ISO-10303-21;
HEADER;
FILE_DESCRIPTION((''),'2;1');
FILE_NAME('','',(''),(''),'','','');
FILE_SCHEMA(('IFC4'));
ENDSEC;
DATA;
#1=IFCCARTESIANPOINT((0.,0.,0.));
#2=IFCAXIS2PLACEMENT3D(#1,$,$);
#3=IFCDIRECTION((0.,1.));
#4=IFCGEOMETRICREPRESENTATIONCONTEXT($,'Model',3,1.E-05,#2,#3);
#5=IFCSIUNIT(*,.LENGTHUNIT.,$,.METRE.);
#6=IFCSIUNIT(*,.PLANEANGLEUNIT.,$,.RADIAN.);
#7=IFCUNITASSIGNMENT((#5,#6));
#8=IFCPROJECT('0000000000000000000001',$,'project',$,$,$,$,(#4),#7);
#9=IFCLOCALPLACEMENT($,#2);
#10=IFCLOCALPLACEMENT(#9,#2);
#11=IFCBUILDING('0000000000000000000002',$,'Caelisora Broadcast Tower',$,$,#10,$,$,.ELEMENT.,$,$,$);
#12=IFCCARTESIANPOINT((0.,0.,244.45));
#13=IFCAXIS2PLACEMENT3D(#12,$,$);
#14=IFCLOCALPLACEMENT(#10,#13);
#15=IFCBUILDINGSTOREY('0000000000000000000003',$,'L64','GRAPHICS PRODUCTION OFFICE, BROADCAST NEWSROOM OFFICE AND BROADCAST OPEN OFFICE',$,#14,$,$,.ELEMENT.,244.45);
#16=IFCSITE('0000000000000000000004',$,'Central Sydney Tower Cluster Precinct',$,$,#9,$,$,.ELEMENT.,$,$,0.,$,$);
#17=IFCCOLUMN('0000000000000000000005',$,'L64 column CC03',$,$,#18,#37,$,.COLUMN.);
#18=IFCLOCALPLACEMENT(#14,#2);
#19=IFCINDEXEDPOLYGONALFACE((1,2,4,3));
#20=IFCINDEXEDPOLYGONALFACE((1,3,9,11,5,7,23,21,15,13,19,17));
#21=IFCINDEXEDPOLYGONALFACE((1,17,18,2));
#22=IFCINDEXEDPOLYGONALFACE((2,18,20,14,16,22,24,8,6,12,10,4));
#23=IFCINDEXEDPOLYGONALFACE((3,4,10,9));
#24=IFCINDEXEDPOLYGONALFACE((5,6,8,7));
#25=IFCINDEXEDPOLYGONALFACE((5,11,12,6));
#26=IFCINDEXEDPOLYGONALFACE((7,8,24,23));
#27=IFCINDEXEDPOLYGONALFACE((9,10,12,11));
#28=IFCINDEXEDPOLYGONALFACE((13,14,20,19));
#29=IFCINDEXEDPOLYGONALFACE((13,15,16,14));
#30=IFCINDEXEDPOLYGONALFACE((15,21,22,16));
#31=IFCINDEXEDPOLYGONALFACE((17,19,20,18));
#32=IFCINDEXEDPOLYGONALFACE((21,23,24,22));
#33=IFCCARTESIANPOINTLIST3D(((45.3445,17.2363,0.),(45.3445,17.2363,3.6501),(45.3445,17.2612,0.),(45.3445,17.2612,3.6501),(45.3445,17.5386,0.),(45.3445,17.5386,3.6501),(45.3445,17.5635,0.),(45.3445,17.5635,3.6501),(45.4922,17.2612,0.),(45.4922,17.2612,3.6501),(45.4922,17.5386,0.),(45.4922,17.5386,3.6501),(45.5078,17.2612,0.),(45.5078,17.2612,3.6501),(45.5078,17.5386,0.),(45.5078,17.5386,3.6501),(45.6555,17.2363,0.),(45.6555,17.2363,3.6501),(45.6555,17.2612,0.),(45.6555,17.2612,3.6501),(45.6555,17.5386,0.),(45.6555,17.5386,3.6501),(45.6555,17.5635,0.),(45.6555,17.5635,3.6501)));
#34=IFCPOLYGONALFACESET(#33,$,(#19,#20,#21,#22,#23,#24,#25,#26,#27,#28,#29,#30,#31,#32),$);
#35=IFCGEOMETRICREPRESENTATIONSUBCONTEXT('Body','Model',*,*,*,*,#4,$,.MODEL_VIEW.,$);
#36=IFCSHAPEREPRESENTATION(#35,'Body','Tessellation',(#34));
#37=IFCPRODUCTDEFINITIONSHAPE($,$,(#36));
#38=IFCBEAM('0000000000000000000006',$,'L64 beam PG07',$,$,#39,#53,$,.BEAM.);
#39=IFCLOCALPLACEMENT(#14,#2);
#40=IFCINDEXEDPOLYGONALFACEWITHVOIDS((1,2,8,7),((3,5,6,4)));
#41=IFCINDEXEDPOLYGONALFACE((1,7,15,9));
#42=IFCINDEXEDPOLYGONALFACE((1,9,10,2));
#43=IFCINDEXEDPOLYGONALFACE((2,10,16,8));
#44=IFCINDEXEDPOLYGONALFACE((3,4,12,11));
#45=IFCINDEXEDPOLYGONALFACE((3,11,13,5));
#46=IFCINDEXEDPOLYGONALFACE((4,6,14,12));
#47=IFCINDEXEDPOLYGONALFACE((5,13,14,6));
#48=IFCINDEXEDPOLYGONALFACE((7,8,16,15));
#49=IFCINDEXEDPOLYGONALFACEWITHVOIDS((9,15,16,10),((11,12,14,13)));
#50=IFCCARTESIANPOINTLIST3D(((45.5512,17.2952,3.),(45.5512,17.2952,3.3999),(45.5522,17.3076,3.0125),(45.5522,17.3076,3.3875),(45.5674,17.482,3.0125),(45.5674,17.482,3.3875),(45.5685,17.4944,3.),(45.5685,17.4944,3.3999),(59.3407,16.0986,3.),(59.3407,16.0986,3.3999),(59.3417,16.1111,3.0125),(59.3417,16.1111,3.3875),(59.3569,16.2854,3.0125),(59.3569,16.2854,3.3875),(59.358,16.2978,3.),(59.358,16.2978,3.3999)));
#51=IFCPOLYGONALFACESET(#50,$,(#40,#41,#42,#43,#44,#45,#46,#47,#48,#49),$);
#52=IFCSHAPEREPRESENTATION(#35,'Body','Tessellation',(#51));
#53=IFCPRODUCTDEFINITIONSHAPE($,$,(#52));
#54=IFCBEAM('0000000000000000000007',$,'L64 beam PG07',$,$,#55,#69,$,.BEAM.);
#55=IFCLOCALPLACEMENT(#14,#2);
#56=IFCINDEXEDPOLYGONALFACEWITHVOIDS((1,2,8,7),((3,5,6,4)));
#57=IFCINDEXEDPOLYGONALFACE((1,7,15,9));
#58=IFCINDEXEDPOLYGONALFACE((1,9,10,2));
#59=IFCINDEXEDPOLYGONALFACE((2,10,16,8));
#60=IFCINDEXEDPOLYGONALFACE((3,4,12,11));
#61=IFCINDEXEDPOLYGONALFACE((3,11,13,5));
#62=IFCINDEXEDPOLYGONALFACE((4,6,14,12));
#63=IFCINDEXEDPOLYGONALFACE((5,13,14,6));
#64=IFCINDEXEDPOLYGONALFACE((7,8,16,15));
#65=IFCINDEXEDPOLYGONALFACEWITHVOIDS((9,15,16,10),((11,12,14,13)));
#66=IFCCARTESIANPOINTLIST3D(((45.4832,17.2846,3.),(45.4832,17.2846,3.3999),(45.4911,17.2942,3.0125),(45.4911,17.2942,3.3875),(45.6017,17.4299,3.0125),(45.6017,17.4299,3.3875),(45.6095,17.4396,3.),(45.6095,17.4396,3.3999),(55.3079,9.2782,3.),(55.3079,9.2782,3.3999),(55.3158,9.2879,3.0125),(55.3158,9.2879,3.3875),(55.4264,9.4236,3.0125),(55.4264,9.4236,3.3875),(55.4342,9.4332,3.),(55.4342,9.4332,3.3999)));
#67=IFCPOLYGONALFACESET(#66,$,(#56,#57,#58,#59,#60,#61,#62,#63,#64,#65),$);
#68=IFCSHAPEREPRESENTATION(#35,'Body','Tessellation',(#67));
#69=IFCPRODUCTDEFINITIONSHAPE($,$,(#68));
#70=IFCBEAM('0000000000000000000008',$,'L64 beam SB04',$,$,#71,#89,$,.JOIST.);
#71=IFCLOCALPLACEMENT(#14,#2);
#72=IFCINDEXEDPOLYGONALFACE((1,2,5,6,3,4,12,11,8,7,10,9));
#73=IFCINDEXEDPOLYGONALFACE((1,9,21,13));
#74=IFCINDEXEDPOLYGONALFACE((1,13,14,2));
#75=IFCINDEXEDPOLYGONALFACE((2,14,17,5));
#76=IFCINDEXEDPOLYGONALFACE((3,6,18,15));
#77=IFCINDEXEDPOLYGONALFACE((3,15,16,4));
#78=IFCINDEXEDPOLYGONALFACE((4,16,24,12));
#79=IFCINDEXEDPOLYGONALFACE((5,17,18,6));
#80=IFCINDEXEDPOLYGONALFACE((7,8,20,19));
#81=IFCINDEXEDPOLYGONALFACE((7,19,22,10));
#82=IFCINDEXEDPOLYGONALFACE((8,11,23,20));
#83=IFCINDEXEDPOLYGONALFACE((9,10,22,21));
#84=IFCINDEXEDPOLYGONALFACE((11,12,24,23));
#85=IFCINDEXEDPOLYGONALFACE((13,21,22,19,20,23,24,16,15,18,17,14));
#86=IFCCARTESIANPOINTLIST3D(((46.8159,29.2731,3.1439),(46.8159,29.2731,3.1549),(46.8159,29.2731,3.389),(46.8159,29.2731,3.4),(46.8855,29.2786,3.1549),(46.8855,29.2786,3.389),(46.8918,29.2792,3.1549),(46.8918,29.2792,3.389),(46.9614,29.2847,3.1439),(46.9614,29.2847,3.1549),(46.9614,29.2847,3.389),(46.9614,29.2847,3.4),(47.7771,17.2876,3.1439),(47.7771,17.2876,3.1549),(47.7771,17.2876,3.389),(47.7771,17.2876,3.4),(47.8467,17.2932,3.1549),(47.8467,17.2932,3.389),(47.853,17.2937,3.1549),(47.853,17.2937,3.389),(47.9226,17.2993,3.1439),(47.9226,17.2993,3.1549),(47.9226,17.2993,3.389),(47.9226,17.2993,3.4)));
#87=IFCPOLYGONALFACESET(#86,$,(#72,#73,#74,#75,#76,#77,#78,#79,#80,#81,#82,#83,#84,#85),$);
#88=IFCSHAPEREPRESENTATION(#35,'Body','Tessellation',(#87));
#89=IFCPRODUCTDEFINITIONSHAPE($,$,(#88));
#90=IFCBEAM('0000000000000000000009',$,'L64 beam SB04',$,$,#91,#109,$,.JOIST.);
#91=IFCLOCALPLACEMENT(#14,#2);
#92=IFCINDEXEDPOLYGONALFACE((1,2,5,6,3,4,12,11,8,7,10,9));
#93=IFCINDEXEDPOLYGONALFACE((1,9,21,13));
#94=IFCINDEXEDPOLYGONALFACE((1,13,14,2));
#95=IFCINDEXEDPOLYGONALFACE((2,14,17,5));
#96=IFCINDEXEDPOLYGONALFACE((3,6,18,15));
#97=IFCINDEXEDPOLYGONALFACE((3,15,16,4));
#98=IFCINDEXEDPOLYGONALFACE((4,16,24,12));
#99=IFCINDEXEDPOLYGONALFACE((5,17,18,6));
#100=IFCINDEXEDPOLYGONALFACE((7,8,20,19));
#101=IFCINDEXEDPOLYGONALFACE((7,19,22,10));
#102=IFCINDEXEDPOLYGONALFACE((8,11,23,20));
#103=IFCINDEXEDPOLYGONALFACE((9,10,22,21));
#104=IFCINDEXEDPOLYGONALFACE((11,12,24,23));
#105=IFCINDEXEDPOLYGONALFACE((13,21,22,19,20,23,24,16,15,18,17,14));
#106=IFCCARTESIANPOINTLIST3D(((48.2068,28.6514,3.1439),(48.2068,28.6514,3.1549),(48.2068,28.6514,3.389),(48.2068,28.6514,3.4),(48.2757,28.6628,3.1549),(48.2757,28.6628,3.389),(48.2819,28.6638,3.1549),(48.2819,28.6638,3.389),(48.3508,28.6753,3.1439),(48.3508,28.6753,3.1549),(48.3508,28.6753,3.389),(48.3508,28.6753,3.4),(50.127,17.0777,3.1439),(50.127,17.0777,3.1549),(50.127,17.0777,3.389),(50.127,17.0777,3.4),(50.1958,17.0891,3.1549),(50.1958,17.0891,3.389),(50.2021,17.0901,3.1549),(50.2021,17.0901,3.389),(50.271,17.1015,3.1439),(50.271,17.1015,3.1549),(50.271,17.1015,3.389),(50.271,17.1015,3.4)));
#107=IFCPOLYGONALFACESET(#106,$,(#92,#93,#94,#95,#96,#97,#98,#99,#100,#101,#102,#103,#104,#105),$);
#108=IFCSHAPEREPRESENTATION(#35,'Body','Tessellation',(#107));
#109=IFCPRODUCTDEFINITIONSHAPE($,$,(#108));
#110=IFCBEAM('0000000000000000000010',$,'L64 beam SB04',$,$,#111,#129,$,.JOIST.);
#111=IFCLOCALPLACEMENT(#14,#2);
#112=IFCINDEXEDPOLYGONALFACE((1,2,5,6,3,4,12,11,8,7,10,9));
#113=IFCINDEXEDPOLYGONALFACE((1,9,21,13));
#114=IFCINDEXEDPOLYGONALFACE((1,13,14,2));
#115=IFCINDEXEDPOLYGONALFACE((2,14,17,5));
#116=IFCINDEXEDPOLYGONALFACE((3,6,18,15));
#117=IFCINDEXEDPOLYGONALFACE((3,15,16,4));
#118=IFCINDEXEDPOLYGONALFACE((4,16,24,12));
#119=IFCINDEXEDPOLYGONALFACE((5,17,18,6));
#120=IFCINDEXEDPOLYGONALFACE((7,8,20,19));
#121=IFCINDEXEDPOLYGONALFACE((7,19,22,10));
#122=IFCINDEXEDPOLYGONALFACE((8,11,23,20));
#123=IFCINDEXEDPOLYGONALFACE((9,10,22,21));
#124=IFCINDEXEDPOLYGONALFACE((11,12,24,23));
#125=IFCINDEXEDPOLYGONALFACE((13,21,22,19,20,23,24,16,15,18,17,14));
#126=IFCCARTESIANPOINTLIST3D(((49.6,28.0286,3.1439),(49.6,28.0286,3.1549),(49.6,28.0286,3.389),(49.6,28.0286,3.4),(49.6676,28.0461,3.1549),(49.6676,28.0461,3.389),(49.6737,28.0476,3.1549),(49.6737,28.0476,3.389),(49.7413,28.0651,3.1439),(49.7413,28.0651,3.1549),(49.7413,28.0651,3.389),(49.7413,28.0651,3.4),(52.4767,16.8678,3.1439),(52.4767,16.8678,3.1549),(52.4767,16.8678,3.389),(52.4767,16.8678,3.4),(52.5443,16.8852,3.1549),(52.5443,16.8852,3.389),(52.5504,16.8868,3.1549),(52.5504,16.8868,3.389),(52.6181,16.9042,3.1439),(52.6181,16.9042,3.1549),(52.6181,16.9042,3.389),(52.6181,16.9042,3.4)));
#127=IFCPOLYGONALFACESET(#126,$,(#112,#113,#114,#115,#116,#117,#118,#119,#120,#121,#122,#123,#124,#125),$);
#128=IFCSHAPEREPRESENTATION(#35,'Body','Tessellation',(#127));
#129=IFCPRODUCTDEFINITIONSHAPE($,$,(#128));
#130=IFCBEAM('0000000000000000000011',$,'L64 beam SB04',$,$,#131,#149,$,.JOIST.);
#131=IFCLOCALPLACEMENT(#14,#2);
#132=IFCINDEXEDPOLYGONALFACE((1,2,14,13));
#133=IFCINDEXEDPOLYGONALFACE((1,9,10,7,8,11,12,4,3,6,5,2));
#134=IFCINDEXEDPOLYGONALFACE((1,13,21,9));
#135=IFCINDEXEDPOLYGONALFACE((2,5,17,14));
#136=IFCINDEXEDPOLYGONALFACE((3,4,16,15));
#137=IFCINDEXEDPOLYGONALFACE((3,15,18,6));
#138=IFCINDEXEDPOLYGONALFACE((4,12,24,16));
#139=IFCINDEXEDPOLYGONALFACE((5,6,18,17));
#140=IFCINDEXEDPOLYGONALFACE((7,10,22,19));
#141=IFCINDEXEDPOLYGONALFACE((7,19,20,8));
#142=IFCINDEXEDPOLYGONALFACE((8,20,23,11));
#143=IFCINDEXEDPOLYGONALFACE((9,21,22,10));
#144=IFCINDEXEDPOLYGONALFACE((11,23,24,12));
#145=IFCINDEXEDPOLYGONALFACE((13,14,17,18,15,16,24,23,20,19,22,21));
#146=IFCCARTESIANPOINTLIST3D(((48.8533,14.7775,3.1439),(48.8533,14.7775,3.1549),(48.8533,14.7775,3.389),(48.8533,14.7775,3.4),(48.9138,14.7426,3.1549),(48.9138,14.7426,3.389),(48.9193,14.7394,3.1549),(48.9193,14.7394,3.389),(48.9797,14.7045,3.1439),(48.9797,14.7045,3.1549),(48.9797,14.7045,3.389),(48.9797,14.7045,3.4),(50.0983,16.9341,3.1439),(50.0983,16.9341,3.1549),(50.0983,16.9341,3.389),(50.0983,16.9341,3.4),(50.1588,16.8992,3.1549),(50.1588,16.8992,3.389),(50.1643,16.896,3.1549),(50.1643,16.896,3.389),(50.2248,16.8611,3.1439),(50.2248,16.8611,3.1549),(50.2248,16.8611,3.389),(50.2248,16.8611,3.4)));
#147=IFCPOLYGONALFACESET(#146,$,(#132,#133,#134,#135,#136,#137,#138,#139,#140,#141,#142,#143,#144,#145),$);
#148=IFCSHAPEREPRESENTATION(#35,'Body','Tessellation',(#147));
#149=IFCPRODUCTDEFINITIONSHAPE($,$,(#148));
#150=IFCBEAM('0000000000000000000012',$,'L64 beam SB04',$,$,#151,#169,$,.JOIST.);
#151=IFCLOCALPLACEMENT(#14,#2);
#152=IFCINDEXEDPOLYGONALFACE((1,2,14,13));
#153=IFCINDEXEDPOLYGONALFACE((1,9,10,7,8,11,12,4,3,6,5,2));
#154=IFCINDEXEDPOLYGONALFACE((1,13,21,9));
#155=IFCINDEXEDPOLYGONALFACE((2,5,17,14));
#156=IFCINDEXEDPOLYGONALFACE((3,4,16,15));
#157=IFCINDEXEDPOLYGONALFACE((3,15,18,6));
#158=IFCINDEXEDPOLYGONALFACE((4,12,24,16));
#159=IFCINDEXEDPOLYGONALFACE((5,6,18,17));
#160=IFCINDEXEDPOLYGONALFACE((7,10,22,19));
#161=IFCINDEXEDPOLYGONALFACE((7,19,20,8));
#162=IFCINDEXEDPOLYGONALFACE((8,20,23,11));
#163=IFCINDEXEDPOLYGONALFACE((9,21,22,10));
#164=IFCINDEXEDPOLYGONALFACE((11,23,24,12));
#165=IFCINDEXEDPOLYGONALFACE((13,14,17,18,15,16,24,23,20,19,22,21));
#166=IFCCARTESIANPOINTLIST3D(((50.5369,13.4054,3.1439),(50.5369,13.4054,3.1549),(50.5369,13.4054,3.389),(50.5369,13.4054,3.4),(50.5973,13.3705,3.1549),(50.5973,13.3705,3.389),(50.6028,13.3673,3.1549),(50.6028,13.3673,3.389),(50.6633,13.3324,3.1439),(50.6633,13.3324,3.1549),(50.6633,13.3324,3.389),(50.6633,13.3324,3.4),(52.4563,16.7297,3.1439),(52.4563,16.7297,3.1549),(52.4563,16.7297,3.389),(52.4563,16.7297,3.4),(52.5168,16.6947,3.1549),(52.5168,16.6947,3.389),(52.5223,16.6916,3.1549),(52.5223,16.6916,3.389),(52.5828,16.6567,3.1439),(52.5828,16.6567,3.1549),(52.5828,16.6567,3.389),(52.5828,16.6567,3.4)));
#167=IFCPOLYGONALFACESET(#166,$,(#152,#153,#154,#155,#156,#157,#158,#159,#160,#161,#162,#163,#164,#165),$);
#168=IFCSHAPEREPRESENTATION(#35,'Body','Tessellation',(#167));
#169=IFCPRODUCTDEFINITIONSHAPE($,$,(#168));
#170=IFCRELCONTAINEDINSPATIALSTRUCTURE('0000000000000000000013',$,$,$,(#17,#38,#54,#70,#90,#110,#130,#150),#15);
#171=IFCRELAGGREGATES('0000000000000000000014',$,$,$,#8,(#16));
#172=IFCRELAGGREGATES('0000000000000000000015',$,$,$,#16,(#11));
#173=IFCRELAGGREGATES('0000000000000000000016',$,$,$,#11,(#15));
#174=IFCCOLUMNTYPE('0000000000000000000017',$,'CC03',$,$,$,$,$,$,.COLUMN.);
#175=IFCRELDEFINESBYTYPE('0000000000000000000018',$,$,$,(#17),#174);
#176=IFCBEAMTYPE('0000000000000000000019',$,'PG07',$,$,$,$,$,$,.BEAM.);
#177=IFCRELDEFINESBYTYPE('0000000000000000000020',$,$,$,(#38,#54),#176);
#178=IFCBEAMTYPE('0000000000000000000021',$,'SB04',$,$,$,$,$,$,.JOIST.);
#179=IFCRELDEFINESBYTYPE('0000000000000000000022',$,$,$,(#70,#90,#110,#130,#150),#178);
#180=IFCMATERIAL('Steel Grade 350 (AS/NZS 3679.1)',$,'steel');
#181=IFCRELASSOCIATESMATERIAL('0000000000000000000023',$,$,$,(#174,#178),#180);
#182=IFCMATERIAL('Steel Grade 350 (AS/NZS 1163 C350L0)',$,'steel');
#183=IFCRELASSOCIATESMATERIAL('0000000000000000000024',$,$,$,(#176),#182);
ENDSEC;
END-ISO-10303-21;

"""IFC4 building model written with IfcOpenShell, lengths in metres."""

from ifc_helpers import new_model, si_unit, direction, frame, origin, origin_2d, place, context, subcontext, project, spatial, hollow_rectangle, i_section, extrude, source, transform, mapped, material, material_profile, profile_set, type_object, type_shapes, element, save


model = new_model("IFC4")

# Units and contexts
model_context = context("Model", 3, precision=1e-05, world=origin(), true_north=direction((0.0, 1.0)))
body_context = subcontext(model_context, "Body", "Model", "MODEL_VIEW")
ifc_project = project(units=[si_unit("LENGTHUNIT", "METRE"), si_unit("PLANEANGLEUNIT", "RADIAN")], contexts=[model_context])

# Site, building, storey
site_placement = place(None, origin())
site = spatial("IfcSite", under=ifc_project, at=site_placement, Name="Central Sydney Tower Cluster Precinct", CompositionType="ELEMENT", RefElevation=0.0)
building_placement = place(site_placement, origin())
building = spatial("IfcBuilding", under=site, at=building_placement, Name="Caelisora Broadcast Tower", CompositionType="ELEMENT")
storey_placement = place(building_placement, frame((0.0, 0.0, 244.45)))
storey = spatial("IfcBuildingStorey", under=building, at=storey_placement, Name="L64", Description="GRAPHICS PRODUCTION OFFICE, BROADCAST NEWSROOM OFFICE AND BROADCAST OPEN OFFICE", CompositionType="ELEMENT", Elevation=244.45)

# Column
ifc_material_1 = material(Name="Steel Grade 350 (AS/NZS 3679.1)", Category="steel")
ifc_material_profile_1 = material_profile(ifc_material_1, i_section(OverallWidth=0.311, OverallDepth=0.3271, WebThickness=0.0156, FlangeThickness=0.0249, at=origin_2d()), Name="Steel Grade 350 (AS/NZS 3679.1)")
ifc_profile_set_1 = profile_set([ifc_material_profile_1], Name="Steel Grade 350 (AS/NZS 3679.1)")
column_type = type_object("IfcColumnType", Name="CC03", PredefinedType="COLUMN", material=ifc_profile_set_1)
shared_shape_1 = source(origin(), body_context, "Body", "SweptSolid", [
    extrude(i_section(OverallWidth=0.311, OverallDepth=0.3271, WebThickness=0.0156, FlangeThickness=0.0249, at=origin_2d()), origin(), (0.0, 0.0, 1.0), 3.6501),
])
type_shapes(column_type, [shared_shape_1])
column_placement = place(storey_placement, frame((45.5, 17.3999, 0.0), z_axis=(0.0, 0.0, 1.0), x_axis=(1.0, 0.0, 0.0)))
element("IfcColumn", 1, at=column_placement, inside=storey, type_object=column_type, Name="L64 column CC03", PredefinedType="COLUMN", context=body_context, shape_type="MappedRepresentation", body=[
    mapped(shared_shape_1, transform((0.0, 0.0, 0.0), scale=1.0)),
])

# Beams
ifc_material_2 = material(Name="Steel Grade 350 (AS/NZS 1163 C350L0)", Category="steel")
ifc_material_profile_2 = material_profile(ifc_material_2, hollow_rectangle(XDim=0.2, YDim=0.3999, WallThickness=0.0125, at=origin_2d()), Name="Steel Grade 350 (AS/NZS 1163 C350L0)")
ifc_profile_set_2 = profile_set([ifc_material_profile_2], Name="Steel Grade 350 (AS/NZS 1163 C350L0)")
beam_type_1 = type_object("IfcBeamType", Name="PG07", PredefinedType="BEAM", material=ifc_profile_set_2)
shared_shape_2 = source(origin(), body_context, "Body", "SweptSolid", [
    extrude(hollow_rectangle(XDim=0.2, YDim=0.3999, WallThickness=0.0125, at=origin_2d()), origin(), (0.0, 0.0, 1.0), 13.8413),
])
beam_1_placement = place(storey_placement, frame((45.5598, 17.3948, 3.2), z_axis=(0.996257, -0.086446, 0.0), x_axis=(0.086446, 0.996257, 0.0)))
element("IfcBeam", 2, at=beam_1_placement, inside=storey, type_object=beam_type_1, Name="L64 beam PG07", PredefinedType="BEAM", context=body_context, shape_type="MappedRepresentation", body=[
    mapped(shared_shape_2, transform((0.0, 0.0, 0.0), scale=1.0)),
])
shared_shape_3 = source(origin(), body_context, "Body", "SweptSolid", [
    extrude(hollow_rectangle(XDim=0.2, YDim=0.3999, WallThickness=0.0125, at=origin_2d()), origin(), (0.0, 0.0, 1.0), 12.6738),
])
type_shapes(beam_type_1, [shared_shape_2, shared_shape_3])
beam_2_placement = place(storey_placement, frame((45.5464, 17.3621, 3.2), z_axis=(0.775195, -0.631722, 0.0), x_axis=(0.631722, 0.775195, 0.0)))
element("IfcBeam", 3, at=beam_2_placement, inside=storey, type_object=beam_type_1, Name="L64 beam PG07", PredefinedType="BEAM", context=body_context, shape_type="MappedRepresentation", body=[
    mapped(shared_shape_3, transform((0.0, 0.0, 0.0), scale=1.0)),
])
ifc_material_profile_3 = material_profile(ifc_material_1, i_section(OverallWidth=0.146, OverallDepth=0.2561, WebThickness=0.0063, FlangeThickness=0.011, at=origin_2d()), Name="Steel Grade 350 (AS/NZS 3679.1)")
ifc_profile_set_3 = profile_set([ifc_material_profile_3], Name="Steel Grade 350 (AS/NZS 3679.1)")
beam_type_2 = type_object("IfcBeamType", Name="SB04", PredefinedType="JOIST", material=ifc_profile_set_3)
shared_shape_4 = source(origin(), body_context, "Body", "SweptSolid", [
    extrude(i_section(OverallWidth=0.146, OverallDepth=0.2561, WebThickness=0.0063, FlangeThickness=0.011, at=origin_2d()), origin(), (0.0, 0.0, 1.0), 12.0239),
])
beam_3_placement = place(storey_placement, frame((47.8499, 17.2935, 3.272), z_axis=(-0.07994, 0.9968, 0.0), x_axis=(-0.9968, -0.07994, 0.0)))
element("IfcBeam", 4, at=beam_3_placement, inside=storey, type_object=beam_type_2, Name="L64 beam SB04", PredefinedType="JOIST", context=body_context, shape_type="MappedRepresentation", body=[
    mapped(shared_shape_4, transform((0.0, 0.0, 0.0), scale=1.0)),
])
shared_shape_5 = source(origin(), body_context, "Body", "SweptSolid", [
    extrude(i_section(OverallWidth=0.146, OverallDepth=0.2561, WebThickness=0.0063, FlangeThickness=0.011, at=origin_2d()), origin(), (0.0, 0.0, 1.0), 11.7319),
])
beam_4_placement = place(storey_placement, frame((50.199, 17.0896, 3.272), z_axis=(-0.16367, 0.986515, 0.0), x_axis=(-0.986515, -0.16367, 0.0)))
element("IfcBeam", 5, at=beam_4_placement, inside=storey, type_object=beam_type_2, Name="L64 beam SB04", PredefinedType="JOIST", context=body_context, shape_type="MappedRepresentation", body=[
    mapped(shared_shape_5, transform((0.0, 0.0, 0.0), scale=1.0)),
])
shared_shape_6 = source(origin(), body_context, "Body", "SweptSolid", [
    extrude(i_section(OverallWidth=0.146, OverallDepth=0.2561, WebThickness=0.0063, FlangeThickness=0.011, at=origin_2d()), origin(), (0.0, 0.0, 1.0), 11.5256),
])
beam_5_placement = place(storey_placement, frame((52.5474, 16.886, 3.272), z_axis=(-0.249592, 0.968351, 0.0), x_axis=(-0.968351, -0.249592, 0.0)))
element("IfcBeam", 6, at=beam_5_placement, inside=storey, type_object=beam_type_2, Name="L64 beam SB04", PredefinedType="JOIST", context=body_context, shape_type="MappedRepresentation", body=[
    mapped(shared_shape_6, transform((0.0, 0.0, 0.0), scale=1.0)),
])
shared_shape_7 = source(origin(), body_context, "Body", "SweptSolid", [
    extrude(i_section(OverallWidth=0.146, OverallDepth=0.2561, WebThickness=0.0063, FlangeThickness=0.011, at=origin_2d()), origin(), (0.0, 0.0, 1.0), 2.4902),
])
beam_6_placement = place(storey_placement, frame((48.9165, 14.741, 3.272), z_axis=(0.499977, 0.866039, 0.0), x_axis=(-0.866039, 0.499977, 0.0)))
element("IfcBeam", 7, at=beam_6_placement, inside=storey, type_object=beam_type_2, Name="L64 beam SB04", PredefinedType="JOIST", context=body_context, shape_type="MappedRepresentation", body=[
    mapped(shared_shape_7, transform((0.0, 0.0, 0.0), scale=1.0)),
])
shared_shape_8 = source(origin(), body_context, "Body", "SweptSolid", [
    extrude(i_section(OverallWidth=0.146, OverallDepth=0.2561, WebThickness=0.0063, FlangeThickness=0.011, at=origin_2d()), origin(), (0.0, 0.0, 1.0), 3.8386),
])
beam_7_placement = place(storey_placement, frame((50.6001, 13.3689, 3.272), z_axis=(0.500038, 0.866003, 0.0), x_axis=(-0.866003, 0.500038, 0.0)))
element("IfcBeam", 8, at=beam_7_placement, inside=storey, type_object=beam_type_2, Name="L64 beam SB04", PredefinedType="JOIST", context=body_context, shape_type="MappedRepresentation", body=[
    mapped(shared_shape_8, transform((0.0, 0.0, 0.0), scale=1.0)),
])

save(model, "model.ifc")
